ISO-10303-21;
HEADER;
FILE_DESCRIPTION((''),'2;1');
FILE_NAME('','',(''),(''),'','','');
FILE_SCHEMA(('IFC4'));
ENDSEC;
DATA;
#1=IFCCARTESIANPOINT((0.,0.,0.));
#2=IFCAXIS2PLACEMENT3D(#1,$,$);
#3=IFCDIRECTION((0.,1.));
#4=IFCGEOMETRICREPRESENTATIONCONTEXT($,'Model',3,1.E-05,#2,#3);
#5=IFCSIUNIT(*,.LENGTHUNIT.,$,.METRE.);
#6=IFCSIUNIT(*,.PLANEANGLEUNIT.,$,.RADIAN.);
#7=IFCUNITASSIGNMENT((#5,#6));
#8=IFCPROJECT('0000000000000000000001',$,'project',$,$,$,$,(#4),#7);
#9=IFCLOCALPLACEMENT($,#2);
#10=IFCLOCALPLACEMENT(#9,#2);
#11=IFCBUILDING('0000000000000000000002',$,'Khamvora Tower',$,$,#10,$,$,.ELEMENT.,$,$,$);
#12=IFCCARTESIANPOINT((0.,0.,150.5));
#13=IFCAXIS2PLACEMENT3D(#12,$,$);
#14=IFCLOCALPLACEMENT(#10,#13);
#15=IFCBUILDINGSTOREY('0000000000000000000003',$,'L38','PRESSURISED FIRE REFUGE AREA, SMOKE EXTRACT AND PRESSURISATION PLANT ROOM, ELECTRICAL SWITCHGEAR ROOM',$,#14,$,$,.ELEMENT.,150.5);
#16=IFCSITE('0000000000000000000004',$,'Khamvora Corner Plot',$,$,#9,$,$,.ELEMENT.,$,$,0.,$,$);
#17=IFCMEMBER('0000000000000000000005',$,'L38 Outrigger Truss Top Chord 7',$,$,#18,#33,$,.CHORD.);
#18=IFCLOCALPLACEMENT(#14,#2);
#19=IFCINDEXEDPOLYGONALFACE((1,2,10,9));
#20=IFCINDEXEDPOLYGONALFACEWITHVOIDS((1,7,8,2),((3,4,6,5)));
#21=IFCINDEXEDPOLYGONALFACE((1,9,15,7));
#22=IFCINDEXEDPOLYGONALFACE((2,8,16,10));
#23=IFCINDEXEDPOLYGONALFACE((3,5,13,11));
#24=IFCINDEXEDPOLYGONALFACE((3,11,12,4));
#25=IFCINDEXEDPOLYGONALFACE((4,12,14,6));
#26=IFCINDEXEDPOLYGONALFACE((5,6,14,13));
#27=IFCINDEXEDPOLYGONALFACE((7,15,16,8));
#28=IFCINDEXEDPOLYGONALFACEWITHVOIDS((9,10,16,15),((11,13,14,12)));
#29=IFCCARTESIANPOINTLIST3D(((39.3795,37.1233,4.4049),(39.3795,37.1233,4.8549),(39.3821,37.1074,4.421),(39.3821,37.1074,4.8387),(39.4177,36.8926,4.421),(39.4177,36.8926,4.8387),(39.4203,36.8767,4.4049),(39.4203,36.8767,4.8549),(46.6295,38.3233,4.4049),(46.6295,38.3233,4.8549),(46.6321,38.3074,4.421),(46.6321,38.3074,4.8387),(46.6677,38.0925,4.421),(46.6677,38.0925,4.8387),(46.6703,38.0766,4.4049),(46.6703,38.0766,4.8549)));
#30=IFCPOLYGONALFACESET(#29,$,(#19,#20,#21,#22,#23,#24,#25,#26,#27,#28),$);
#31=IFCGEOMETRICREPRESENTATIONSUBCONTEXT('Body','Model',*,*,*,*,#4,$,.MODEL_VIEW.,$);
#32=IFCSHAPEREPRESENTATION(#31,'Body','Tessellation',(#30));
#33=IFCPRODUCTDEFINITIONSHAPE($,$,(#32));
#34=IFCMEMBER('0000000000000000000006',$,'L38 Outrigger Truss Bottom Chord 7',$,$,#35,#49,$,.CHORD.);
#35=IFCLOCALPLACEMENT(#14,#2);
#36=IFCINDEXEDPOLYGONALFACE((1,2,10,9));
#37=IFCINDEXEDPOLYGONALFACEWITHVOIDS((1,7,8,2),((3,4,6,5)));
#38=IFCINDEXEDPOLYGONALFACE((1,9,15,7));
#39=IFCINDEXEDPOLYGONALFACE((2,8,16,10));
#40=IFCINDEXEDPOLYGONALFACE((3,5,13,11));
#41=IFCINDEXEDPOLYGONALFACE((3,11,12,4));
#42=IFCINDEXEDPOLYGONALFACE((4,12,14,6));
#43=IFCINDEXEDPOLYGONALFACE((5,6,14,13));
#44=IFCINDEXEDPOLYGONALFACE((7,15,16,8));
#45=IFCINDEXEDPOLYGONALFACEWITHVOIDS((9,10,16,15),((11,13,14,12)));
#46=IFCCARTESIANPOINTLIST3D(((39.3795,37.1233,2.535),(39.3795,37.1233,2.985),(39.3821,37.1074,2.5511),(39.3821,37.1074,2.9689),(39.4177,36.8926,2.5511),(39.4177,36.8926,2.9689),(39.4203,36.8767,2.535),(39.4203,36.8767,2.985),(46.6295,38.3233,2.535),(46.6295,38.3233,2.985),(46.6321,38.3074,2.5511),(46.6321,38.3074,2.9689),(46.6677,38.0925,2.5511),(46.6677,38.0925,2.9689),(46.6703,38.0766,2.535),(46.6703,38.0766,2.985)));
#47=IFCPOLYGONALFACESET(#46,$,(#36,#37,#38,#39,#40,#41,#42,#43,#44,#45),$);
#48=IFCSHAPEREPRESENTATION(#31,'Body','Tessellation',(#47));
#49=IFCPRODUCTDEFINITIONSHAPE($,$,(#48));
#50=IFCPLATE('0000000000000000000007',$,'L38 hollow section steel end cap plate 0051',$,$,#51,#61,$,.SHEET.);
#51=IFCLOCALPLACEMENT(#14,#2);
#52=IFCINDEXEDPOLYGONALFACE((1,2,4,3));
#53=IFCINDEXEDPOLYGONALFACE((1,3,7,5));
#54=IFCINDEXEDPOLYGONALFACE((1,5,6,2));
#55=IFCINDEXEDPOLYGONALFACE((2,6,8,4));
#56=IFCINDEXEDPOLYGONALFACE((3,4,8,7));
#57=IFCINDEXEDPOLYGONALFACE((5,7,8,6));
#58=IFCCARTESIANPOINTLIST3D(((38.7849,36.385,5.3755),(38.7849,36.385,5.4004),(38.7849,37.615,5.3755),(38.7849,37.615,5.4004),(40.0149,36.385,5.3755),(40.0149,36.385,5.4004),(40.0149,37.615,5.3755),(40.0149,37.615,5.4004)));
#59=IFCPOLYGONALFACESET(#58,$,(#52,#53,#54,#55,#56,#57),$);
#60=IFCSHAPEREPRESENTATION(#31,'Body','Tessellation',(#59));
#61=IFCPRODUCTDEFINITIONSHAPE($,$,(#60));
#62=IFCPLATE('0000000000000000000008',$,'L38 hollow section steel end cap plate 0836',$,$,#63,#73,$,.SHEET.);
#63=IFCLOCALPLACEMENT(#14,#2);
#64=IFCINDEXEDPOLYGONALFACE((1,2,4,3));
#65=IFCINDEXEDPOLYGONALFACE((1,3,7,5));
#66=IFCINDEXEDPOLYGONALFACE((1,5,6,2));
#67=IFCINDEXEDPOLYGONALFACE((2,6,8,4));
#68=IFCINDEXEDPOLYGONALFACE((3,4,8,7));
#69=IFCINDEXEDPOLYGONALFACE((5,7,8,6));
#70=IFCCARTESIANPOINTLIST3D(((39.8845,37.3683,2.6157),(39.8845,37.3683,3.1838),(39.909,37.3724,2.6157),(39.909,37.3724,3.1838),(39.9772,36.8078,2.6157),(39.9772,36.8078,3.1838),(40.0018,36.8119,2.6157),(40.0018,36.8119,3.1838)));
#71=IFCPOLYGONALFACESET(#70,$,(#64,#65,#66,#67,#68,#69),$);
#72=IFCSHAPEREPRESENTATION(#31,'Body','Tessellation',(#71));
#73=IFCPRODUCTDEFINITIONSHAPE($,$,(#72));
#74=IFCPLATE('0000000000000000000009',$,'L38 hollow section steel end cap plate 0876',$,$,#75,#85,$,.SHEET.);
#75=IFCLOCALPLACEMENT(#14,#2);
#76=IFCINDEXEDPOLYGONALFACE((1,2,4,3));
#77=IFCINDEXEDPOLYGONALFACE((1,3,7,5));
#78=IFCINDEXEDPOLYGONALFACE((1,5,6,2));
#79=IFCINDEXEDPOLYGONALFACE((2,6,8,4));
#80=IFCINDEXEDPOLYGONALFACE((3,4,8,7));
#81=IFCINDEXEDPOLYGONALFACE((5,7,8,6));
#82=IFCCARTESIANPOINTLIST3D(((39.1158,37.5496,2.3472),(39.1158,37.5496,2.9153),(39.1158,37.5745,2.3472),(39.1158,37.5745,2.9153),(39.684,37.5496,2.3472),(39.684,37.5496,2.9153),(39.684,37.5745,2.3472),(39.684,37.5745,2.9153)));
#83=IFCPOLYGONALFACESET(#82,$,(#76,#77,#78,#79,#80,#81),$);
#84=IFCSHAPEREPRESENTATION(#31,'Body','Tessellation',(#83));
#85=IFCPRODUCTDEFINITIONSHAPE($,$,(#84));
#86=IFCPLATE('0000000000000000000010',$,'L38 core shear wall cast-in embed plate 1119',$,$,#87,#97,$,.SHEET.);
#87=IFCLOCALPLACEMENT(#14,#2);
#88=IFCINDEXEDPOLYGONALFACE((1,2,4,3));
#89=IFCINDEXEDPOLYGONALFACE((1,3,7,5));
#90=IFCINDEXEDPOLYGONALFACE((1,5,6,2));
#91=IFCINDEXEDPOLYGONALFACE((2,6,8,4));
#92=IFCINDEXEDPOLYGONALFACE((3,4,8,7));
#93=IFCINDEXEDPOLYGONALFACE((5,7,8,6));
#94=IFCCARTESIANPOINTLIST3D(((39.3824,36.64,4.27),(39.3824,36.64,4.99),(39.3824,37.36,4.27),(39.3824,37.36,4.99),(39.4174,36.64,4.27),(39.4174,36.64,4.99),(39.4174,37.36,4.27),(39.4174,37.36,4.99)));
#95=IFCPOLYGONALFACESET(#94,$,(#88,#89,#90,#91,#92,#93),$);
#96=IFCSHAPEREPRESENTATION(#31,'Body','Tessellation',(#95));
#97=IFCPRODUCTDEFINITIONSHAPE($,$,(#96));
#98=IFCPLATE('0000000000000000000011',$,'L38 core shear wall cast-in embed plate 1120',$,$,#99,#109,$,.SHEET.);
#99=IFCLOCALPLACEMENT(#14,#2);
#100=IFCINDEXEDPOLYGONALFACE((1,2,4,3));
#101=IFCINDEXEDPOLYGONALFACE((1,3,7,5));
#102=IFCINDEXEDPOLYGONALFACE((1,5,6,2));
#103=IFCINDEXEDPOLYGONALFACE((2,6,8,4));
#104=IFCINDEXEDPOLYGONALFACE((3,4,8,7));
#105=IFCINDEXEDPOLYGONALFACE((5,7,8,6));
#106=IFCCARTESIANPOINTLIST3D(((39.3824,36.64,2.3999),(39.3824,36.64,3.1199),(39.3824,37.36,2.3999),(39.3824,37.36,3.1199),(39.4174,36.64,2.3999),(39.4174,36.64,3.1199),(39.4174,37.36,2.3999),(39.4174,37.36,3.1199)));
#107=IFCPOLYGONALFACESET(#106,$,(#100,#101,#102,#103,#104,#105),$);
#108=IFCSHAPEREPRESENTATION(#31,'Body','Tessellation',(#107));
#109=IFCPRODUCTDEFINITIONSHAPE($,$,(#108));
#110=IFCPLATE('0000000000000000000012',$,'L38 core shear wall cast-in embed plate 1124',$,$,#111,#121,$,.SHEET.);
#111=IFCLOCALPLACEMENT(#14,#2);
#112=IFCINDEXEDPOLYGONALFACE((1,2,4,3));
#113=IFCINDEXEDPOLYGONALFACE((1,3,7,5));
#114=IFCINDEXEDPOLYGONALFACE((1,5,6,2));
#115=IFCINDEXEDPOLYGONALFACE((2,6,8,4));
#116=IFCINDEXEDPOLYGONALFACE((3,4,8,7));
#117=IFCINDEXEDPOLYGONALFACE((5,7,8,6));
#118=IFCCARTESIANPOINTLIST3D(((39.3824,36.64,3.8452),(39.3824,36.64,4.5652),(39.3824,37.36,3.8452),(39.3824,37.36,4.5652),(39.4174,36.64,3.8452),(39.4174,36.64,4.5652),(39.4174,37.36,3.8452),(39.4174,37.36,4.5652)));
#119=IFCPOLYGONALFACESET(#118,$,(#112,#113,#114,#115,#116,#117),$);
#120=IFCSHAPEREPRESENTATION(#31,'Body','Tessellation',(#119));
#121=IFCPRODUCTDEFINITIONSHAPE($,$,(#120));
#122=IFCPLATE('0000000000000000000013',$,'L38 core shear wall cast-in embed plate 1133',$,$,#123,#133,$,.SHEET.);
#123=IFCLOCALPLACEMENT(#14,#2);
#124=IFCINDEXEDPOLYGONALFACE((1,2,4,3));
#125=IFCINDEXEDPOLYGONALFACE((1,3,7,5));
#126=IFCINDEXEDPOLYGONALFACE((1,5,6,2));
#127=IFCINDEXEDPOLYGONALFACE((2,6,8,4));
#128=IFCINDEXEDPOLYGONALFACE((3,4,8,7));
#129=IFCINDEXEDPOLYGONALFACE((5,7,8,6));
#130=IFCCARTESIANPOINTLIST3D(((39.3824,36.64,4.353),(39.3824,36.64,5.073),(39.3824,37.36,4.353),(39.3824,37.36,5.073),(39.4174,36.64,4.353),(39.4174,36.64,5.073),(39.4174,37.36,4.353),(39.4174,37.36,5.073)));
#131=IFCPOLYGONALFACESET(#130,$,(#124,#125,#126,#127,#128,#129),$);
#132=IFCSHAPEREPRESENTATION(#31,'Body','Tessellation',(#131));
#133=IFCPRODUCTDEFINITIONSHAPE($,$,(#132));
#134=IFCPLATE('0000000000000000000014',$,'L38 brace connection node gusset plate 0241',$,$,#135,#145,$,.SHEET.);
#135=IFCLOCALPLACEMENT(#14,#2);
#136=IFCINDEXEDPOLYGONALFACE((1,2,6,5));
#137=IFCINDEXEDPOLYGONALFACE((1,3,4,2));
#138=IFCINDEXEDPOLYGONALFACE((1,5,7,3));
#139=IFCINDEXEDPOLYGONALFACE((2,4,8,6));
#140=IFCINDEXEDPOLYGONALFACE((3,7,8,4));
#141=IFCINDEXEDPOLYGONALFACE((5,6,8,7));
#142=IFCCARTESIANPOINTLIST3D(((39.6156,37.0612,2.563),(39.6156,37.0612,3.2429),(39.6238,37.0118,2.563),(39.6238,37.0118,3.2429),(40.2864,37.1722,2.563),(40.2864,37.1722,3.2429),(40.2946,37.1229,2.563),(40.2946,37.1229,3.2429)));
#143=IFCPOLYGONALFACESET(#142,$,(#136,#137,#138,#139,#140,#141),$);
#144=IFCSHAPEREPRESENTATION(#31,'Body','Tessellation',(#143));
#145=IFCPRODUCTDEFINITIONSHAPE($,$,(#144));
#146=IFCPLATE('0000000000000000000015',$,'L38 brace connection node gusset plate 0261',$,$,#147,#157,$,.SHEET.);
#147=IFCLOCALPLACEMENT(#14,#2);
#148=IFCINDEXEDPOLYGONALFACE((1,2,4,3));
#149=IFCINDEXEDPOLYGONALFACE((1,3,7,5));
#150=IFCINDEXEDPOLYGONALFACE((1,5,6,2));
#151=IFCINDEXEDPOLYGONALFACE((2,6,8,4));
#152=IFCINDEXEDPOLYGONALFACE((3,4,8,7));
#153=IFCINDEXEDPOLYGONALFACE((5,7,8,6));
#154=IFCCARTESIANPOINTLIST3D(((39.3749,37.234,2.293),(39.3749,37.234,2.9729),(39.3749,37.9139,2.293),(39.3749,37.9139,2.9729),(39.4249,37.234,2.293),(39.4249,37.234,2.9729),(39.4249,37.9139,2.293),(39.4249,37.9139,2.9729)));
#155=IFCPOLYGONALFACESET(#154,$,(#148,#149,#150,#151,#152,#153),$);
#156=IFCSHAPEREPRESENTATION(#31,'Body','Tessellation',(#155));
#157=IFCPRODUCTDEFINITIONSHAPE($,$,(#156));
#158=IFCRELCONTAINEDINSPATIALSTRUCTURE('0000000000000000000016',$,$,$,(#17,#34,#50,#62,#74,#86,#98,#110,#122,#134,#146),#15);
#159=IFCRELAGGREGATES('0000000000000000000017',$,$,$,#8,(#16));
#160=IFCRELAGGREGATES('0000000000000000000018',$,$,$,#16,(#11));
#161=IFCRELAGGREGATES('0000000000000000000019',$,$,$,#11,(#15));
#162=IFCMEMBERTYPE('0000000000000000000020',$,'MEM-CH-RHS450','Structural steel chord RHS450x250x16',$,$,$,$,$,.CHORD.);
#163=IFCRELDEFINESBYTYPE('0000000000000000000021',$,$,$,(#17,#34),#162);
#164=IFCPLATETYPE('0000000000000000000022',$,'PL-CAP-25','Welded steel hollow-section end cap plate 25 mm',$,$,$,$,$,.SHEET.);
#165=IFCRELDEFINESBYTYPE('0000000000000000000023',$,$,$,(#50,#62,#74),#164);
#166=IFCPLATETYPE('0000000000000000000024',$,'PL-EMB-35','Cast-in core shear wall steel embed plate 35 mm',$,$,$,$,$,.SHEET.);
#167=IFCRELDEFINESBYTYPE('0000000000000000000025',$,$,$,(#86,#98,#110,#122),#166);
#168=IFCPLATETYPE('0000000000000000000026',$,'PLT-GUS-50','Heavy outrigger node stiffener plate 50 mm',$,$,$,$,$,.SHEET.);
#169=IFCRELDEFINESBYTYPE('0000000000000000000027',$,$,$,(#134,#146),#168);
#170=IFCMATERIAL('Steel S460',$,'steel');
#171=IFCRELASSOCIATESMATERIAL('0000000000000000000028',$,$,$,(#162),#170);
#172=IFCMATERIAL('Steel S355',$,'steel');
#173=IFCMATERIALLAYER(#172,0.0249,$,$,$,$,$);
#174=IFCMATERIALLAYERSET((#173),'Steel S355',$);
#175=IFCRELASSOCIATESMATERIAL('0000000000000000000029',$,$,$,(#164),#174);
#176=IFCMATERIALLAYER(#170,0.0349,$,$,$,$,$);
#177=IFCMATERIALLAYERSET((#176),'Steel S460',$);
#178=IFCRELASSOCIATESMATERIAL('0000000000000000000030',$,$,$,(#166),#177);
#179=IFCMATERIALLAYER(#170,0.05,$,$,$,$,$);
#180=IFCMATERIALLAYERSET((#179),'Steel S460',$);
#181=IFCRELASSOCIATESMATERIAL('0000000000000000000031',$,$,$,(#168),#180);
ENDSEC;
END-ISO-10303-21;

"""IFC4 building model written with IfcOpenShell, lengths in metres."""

from ifc_helpers import new_model, si_unit, direction, frame, origin, origin_2d, place, context, subcontext, project, spatial, rectangle, hollow_rectangle, extrude, material, layer, layer_set, material_profile, profile_set, type_object, element, save


model = new_model("IFC4")

# Units and contexts
model_context = context("Model", 3, precision=1e-05, world=origin(), true_north=direction((0.0, 1.0)))
body_context = subcontext(model_context, "Body", "Model", "MODEL_VIEW")
ifc_project = project(units=[si_unit("LENGTHUNIT", "METRE"), si_unit("PLANEANGLEUNIT", "RADIAN")], contexts=[model_context])

# Site, building, storey
site_placement = place(None, origin())
site = spatial("IfcSite", under=ifc_project, at=site_placement, Name="Khamvora Corner Plot", CompositionType="ELEMENT", RefElevation=0.0)
building_placement = place(site_placement, origin())
building = spatial("IfcBuilding", under=site, at=building_placement, Name="Khamvora Tower", CompositionType="ELEMENT")
storey_placement = place(building_placement, frame((0.0, 0.0, 150.5)))
storey = spatial("IfcBuildingStorey", under=building, at=storey_placement, Name="L38", Description="PRESSURISED FIRE REFUGE AREA, SMOKE EXTRACT AND PRESSURISATION PLANT ROOM, ELECTRICAL SWITCHGEAR ROOM", CompositionType="ELEMENT", Elevation=150.5)

# Shared definitions
ifc_material_1 = material(Name="Steel S460", Category="steel")

# Members
ifc_material_profile_1 = material_profile(ifc_material_1, hollow_rectangle(XDim=0.25, YDim=0.45, WallThickness=0.0161, at=origin_2d()), Name="RHS450x250x16")
ifc_profile_set_1 = profile_set([ifc_material_profile_1], Name="Steel S460")
member_type_1 = type_object("IfcMemberType", Name="MEM-CH-RHS450", Description="Structural steel chord RHS450x250x16", PredefinedType="CHORD", material=ifc_profile_set_1)
for number, where, z_axis, x_axis, name in (
    (1, (39.3999, 37.0, 4.6299), (0.986578, 0.163289, 0.0), (-0.163289, 0.986578, 0.0), "L38 Outrigger Truss Top Chord 7"),
    (2, (39.3999, 37.0, 2.76), (0.986578, 0.163289, 0.0), (-0.163289, 0.986578, 0.0), "L38 Outrigger Truss Bottom Chord 7"),
):
    element("IfcMember", number, at=place(storey_placement, frame(where, z_axis=z_axis, x_axis=x_axis)), inside=storey, type_object=member_type_1, Name=name, PredefinedType="CHORD", context=body_context, shape_type="SweptSolid", body=[
        extrude(hollow_rectangle(XDim=0.25, YDim=0.45, WallThickness=0.0161, at=origin_2d()), origin(), (0.0, 0.0, 1.0), 7.3486),
    ])

# Plates
ifc_material_2 = material(Name="Steel S355", Category="steel")
ifc_layer_1 = layer(ifc_material_2, 0.0249)
ifc_layer_set_1 = layer_set([ifc_layer_1], Name="Steel S355")
plate_type_1 = type_object("IfcPlateType", Name="PL-CAP-25", Description="Welded steel hollow-section end cap plate 25 mm", PredefinedType="SHEET", material=ifc_layer_set_1)
plate_placement = place(storey_placement, frame((39.3999, 37.0, 5.3755), z_axis=(0.0, 0.0, 1.0), x_axis=(1.0, 0.0, 0.0)))
element("IfcPlate", 3, at=plate_placement, inside=storey, type_object=plate_type_1, Name="L38 hollow section steel end cap plate 0051", PredefinedType="SHEET", context=body_context, shape_type="SweptSolid", body=[
    extrude(rectangle(XDim=1.23, YDim=1.23, at=origin_2d()), origin(), (0.0, 0.0, 1.0), 0.0249),
])
for number, where, z_axis, x_axis, name in (
    (4, (39.9431, 37.0901, 2.6157), (0.0, 0.0, 1.0), (0.986581, 0.163274, 0.0), "L38 hollow section steel end cap plate 0836"),
    (5, (39.3999, 37.562, 2.3472), (0.0, 0.0, 1.0), (0.0, 1.0, 0.0), "L38 hollow section steel end cap plate 0876"),
):
    element("IfcPlate", number, at=place(storey_placement, frame(where, z_axis=z_axis, x_axis=x_axis)), inside=storey, type_object=plate_type_1, Name=name, PredefinedType="SHEET", context=body_context, shape_type="SweptSolid", body=[
        extrude(rectangle(XDim=0.0249, YDim=0.5681, at=origin_2d()), origin(), (0.0, 0.0, 1.0), 0.5681),
    ])
ifc_layer_2 = layer(ifc_material_1, 0.0349)
ifc_layer_set_2 = layer_set([ifc_layer_2], Name="Steel S460")
plate_type_2 = type_object("IfcPlateType", Name="PL-EMB-35", Description="Cast-in core shear wall steel embed plate 35 mm", PredefinedType="SHEET", material=ifc_layer_set_2)
for number, where, z_axis, x_axis, name in (
    (6, (39.3999, 37.0, 4.27), (0.0, 0.0, 1.0), (1.0, 0.0, 0.0), "L38 core shear wall cast-in embed plate 1119"),
    (7, (39.3999, 37.0, 2.3999), (0.0, 0.0, 1.0), (1.0, 0.0, 0.0), "L38 core shear wall cast-in embed plate 1120"),
    (8, (39.3999, 37.0, 3.8452), (0.0, 0.0, 1.0), (1.0, 0.0, 0.0), "L38 core shear wall cast-in embed plate 1124"),
    (9, (39.3999, 37.0, 4.353), (0.0, 0.0, 1.0), (1.0, 0.0, 0.0), "L38 core shear wall cast-in embed plate 1133"),
):
    element("IfcPlate", number, at=place(storey_placement, frame(where, z_axis=z_axis, x_axis=x_axis)), inside=storey, type_object=plate_type_2, Name=name, PredefinedType="SHEET", context=body_context, shape_type="SweptSolid", body=[
        extrude(rectangle(XDim=0.0349, YDim=0.72, at=origin_2d()), origin(), (0.0, 0.0, 1.0), 0.72),
    ])
ifc_layer_3 = layer(ifc_material_1, 0.05)
ifc_layer_set_3 = layer_set([ifc_layer_3], Name="Steel S460")
plate_type_3 = type_object("IfcPlateType", Name="PLT-GUS-50", Description="Heavy outrigger node stiffener plate 50 mm", PredefinedType="SHEET", material=ifc_layer_set_3)
for number, where, z_axis, x_axis, name in (
    (10, (39.9551, 37.092, 2.563), (0.0, 0.0, 1.0), (0.986578, 0.163292, 0.0), "L38 brace connection node gusset plate 0241"),
    (11, (39.3999, 37.574, 2.293), (0.0, 0.0, 1.0), (0.0, 1.0, 0.0), "L38 brace connection node gusset plate 0261"),
):
    element("IfcPlate", number, at=place(storey_placement, frame(where, z_axis=z_axis, x_axis=x_axis)), inside=storey, type_object=plate_type_3, Name=name, PredefinedType="SHEET", context=body_context, shape_type="SweptSolid", body=[
        extrude(rectangle(XDim=0.6799, YDim=0.05, at=origin_2d()), origin(), (0.0, 0.0, 1.0), 0.6799),
    ])

save(model, "model.ifc")
